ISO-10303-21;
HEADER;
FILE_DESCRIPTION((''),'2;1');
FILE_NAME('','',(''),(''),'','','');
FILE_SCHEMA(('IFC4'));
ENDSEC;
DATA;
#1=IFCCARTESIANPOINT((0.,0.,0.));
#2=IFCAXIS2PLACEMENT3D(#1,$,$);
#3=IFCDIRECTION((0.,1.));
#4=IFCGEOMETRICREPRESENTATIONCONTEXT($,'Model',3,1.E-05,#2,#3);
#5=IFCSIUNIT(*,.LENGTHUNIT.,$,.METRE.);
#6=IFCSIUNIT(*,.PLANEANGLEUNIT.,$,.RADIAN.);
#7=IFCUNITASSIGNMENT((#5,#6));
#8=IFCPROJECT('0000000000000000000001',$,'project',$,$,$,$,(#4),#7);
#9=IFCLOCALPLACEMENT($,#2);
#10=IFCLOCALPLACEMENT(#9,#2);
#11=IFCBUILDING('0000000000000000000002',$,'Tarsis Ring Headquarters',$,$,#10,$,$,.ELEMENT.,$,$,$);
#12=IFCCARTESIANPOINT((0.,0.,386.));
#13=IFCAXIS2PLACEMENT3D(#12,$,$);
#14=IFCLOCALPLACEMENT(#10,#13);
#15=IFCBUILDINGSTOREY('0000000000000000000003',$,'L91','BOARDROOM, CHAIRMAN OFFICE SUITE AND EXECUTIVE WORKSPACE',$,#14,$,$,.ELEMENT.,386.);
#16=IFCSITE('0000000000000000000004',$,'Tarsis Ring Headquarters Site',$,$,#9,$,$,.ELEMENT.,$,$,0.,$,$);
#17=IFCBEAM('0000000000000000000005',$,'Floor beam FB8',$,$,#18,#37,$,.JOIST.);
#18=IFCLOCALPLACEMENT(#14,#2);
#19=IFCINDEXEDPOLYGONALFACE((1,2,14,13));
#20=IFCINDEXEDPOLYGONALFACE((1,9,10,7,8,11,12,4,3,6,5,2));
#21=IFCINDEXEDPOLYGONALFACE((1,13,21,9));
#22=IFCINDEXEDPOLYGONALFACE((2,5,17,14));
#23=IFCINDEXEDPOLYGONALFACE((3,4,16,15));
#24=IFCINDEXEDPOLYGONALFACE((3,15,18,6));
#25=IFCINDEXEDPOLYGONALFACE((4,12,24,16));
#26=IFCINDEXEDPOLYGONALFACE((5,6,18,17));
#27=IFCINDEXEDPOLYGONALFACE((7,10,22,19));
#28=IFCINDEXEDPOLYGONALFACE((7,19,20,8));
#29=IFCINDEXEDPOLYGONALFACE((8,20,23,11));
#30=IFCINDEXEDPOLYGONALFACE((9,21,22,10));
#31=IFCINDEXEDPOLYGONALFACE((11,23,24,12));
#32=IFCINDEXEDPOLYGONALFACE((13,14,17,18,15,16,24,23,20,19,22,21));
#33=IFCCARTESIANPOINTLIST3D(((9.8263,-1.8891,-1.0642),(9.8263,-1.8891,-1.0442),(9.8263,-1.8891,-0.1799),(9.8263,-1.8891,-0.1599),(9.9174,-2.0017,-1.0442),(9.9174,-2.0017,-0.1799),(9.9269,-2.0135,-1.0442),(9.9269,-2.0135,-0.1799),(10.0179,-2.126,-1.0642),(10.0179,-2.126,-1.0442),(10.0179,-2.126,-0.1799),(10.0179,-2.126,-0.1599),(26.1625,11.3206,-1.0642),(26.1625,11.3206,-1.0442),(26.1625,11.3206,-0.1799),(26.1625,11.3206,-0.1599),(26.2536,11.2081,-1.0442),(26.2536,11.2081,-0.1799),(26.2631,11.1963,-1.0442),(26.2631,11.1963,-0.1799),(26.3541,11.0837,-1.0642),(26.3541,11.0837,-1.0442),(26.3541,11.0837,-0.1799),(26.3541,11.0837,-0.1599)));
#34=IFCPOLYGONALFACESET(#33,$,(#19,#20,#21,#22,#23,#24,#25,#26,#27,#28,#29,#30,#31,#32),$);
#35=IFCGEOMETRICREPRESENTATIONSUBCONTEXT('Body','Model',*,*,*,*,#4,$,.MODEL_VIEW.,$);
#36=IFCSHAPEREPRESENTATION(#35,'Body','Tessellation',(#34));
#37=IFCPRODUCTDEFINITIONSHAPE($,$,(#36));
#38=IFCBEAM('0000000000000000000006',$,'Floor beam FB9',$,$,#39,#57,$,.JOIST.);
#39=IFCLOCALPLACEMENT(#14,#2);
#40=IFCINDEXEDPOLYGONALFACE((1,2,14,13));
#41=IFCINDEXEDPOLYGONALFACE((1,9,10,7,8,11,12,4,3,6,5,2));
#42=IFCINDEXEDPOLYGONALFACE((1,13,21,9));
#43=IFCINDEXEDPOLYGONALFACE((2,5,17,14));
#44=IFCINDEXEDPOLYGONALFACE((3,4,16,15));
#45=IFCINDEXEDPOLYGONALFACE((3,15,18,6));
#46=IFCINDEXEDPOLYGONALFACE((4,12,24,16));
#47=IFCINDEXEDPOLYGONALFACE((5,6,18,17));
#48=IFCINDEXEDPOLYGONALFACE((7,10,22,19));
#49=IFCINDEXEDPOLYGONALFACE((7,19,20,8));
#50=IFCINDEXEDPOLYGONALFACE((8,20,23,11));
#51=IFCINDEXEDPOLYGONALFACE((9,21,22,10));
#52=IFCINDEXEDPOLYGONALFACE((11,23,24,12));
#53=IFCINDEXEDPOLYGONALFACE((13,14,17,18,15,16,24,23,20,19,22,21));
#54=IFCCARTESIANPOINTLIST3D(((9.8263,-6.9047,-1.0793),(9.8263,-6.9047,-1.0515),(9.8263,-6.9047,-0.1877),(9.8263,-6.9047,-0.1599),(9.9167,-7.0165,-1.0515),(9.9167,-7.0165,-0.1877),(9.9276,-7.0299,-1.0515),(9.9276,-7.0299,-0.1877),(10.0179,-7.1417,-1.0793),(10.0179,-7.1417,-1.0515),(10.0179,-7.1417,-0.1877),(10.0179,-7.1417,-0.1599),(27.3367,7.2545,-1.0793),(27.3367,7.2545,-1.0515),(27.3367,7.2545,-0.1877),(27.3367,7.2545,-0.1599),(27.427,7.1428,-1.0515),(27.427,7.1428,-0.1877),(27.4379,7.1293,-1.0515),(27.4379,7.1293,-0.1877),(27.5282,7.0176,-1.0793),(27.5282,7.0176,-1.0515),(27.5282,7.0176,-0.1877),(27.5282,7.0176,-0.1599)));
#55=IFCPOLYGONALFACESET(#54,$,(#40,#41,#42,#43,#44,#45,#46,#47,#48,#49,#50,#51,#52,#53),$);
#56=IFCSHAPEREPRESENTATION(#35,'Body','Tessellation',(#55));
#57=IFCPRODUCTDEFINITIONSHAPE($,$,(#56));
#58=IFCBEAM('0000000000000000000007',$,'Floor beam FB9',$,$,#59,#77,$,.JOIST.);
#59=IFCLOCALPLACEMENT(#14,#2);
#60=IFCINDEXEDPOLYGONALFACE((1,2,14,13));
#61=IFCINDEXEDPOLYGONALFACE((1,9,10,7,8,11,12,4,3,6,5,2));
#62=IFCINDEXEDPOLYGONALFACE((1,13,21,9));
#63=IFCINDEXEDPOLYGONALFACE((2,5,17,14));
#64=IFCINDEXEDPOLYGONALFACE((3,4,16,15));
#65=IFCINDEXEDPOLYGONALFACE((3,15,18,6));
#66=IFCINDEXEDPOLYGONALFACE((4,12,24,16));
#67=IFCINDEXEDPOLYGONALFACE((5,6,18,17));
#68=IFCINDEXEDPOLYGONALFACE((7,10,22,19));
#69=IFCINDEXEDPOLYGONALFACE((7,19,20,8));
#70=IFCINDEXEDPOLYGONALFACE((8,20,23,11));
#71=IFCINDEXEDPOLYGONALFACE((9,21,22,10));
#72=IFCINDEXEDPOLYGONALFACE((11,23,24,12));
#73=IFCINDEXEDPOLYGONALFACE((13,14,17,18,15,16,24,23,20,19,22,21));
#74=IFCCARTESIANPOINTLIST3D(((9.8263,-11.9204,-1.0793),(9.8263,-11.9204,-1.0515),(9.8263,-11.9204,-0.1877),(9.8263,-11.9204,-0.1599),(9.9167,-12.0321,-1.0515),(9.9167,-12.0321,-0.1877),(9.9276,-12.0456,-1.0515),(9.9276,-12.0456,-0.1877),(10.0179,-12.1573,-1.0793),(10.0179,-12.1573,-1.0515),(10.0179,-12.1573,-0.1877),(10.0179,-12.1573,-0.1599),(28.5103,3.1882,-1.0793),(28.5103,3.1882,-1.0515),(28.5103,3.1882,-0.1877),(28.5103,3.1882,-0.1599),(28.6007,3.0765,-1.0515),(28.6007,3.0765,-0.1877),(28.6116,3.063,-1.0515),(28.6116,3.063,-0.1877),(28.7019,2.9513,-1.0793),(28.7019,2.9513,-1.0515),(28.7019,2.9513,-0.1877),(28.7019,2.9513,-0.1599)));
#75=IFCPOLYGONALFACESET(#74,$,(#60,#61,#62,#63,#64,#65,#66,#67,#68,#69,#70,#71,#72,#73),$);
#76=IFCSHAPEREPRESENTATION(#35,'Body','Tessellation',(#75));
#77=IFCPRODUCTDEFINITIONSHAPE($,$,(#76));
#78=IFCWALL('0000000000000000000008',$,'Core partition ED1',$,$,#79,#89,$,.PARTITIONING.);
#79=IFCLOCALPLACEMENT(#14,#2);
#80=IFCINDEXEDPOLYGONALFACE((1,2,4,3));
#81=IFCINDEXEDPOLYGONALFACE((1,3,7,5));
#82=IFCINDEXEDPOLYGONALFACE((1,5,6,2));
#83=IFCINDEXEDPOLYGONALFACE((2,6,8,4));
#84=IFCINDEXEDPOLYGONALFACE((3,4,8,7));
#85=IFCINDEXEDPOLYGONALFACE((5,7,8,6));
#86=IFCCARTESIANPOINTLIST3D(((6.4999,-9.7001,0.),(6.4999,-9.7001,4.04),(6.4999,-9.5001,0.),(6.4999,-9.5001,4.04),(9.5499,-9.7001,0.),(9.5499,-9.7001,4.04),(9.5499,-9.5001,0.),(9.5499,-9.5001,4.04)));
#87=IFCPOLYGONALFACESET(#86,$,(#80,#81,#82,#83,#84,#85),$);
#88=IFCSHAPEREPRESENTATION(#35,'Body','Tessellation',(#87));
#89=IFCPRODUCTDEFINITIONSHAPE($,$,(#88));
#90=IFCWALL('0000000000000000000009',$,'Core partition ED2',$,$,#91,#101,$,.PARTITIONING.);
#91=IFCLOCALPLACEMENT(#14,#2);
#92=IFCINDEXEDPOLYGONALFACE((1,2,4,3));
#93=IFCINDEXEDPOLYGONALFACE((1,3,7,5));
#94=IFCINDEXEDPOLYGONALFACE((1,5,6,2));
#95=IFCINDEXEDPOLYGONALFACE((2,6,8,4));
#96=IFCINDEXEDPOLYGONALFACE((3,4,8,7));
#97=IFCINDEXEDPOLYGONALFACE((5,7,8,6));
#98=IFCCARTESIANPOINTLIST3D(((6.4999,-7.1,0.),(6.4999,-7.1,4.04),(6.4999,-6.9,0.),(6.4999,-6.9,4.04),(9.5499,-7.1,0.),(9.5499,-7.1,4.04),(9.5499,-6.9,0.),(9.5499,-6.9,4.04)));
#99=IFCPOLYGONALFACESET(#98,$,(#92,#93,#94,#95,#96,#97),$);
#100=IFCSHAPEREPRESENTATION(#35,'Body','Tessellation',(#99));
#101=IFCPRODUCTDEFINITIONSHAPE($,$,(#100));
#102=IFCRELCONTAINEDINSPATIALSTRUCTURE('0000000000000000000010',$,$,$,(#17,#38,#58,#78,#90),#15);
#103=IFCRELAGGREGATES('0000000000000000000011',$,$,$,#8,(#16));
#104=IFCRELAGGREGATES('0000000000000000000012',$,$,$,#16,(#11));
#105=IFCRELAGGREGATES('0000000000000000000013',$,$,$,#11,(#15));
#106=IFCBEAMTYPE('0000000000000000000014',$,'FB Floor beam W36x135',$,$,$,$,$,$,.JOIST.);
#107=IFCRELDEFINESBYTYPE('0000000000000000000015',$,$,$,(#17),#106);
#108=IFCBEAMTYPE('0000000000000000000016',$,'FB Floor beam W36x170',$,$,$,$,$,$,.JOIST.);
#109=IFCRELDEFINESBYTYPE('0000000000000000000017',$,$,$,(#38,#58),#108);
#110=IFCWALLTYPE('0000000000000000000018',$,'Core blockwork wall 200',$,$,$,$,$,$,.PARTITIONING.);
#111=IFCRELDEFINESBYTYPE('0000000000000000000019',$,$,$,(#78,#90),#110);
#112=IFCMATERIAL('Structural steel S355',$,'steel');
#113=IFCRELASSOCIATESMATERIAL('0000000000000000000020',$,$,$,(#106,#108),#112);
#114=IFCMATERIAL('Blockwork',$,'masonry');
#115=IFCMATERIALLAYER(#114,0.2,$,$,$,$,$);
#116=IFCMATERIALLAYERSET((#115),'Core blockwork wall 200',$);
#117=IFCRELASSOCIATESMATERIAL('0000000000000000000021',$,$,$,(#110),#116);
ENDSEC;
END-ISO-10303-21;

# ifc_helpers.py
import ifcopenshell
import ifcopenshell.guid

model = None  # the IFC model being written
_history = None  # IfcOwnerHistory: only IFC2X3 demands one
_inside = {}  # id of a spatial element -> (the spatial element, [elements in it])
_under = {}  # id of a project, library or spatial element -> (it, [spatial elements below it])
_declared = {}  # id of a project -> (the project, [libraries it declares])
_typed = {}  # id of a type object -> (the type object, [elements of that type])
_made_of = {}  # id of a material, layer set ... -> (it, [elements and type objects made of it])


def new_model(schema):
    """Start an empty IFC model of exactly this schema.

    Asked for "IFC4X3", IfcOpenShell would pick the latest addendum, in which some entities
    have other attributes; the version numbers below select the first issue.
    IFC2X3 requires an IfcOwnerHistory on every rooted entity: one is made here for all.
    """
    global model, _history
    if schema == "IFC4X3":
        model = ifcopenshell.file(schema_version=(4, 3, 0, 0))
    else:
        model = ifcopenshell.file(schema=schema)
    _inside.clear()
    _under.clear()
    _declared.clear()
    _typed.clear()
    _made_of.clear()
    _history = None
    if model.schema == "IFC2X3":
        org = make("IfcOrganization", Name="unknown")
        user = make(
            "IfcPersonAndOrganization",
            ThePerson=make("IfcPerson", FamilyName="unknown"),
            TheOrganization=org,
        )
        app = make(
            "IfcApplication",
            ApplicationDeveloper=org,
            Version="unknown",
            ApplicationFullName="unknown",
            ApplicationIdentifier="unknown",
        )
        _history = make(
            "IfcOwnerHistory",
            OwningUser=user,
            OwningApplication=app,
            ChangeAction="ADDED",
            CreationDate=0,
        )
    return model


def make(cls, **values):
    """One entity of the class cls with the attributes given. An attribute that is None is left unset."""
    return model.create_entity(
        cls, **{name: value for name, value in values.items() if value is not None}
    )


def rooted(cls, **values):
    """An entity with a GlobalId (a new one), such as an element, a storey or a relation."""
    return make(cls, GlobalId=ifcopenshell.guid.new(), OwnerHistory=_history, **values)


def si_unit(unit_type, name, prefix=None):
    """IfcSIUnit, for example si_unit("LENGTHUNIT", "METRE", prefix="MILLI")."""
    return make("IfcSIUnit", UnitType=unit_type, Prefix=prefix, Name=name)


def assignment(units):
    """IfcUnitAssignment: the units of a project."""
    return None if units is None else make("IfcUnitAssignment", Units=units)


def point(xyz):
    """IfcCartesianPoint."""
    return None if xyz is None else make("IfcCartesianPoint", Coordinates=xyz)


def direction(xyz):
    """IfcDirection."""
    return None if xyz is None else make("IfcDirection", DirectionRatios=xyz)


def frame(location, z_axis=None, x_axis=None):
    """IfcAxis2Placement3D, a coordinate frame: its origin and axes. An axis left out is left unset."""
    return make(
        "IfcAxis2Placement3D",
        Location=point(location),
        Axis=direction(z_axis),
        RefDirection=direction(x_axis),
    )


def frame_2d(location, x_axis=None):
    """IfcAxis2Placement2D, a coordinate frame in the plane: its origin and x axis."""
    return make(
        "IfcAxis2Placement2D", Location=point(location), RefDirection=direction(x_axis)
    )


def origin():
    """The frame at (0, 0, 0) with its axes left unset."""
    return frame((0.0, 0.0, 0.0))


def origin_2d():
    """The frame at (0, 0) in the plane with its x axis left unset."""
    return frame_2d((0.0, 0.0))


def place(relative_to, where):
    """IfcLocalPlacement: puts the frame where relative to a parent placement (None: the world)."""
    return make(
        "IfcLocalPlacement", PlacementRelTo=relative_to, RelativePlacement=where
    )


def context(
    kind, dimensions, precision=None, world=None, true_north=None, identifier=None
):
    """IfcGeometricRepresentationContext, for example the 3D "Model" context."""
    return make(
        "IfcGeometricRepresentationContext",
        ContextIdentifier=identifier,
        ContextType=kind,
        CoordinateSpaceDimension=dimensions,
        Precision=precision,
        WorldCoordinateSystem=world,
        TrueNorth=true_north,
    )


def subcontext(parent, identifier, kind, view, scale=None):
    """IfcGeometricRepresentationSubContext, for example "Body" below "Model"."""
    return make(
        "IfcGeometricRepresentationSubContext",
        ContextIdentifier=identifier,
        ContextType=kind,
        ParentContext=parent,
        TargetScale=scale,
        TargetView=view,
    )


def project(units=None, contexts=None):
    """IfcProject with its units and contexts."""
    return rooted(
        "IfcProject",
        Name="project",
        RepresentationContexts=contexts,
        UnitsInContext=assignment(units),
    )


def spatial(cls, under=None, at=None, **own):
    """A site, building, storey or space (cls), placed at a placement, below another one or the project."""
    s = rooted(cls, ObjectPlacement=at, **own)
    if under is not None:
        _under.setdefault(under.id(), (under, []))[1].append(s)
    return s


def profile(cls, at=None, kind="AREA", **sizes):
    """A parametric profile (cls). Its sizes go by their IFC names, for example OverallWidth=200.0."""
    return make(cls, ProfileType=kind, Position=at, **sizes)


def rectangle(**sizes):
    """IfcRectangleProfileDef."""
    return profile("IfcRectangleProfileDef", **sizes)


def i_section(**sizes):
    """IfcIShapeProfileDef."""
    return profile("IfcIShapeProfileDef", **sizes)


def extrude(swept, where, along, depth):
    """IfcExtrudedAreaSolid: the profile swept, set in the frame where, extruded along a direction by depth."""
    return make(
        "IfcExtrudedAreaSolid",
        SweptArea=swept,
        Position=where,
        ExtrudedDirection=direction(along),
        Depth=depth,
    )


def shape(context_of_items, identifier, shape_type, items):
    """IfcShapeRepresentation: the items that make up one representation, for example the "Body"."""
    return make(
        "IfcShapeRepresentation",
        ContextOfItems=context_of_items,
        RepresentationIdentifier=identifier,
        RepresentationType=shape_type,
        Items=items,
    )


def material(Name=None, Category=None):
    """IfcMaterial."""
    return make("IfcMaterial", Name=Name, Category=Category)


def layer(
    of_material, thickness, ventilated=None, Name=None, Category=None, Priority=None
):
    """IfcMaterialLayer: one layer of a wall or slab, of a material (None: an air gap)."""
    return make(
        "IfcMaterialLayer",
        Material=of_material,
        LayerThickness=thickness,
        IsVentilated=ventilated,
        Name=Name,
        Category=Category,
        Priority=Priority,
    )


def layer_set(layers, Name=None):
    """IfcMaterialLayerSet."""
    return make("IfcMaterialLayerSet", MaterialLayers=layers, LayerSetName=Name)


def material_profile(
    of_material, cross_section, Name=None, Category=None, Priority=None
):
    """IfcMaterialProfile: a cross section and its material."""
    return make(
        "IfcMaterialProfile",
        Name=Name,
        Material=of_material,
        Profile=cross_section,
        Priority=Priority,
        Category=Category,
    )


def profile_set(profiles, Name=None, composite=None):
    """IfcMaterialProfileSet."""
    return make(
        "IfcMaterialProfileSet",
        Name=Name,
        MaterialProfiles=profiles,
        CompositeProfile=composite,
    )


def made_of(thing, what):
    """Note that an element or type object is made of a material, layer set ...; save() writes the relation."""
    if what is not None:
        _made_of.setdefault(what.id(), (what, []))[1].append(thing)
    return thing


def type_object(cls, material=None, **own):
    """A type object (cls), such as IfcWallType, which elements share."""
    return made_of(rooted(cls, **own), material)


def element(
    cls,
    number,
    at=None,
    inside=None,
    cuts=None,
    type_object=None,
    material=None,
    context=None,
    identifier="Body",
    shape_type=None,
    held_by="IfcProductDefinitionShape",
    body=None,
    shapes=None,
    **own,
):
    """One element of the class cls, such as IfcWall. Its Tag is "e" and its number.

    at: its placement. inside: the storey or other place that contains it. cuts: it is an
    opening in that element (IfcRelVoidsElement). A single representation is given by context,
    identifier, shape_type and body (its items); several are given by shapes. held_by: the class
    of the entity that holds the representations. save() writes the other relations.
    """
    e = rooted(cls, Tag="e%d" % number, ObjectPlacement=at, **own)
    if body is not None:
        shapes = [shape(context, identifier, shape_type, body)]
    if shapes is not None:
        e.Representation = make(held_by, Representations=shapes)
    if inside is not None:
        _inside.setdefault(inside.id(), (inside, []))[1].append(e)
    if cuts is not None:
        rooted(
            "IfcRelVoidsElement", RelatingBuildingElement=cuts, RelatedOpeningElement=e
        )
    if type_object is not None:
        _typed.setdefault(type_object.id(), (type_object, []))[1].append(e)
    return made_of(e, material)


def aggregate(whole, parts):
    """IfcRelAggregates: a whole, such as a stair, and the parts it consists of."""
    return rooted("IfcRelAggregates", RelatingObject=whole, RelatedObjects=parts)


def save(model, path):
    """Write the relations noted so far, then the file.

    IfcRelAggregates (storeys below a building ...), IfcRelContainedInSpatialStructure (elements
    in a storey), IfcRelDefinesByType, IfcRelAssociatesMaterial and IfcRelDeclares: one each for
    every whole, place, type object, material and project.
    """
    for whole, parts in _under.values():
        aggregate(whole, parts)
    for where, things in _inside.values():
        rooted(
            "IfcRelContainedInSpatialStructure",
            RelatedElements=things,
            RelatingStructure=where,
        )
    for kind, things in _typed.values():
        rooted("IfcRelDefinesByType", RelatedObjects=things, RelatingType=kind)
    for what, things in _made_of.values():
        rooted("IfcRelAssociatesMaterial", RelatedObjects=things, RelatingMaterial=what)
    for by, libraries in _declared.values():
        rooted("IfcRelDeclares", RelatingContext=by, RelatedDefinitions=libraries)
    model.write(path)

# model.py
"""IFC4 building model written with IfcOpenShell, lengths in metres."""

from ifc_helpers import new_model, si_unit, direction, frame, frame_2d, origin, origin_2d, place, context, subcontext, project, spatial, rectangle, i_section, extrude, material, layer, layer_set, material_profile, profile_set, type_object, element, save


model = new_model("IFC4")

# Units and contexts
model_context = context("Model", 3, precision=1e-05, world=origin(), true_north=direction((0.0, 1.0)))
body_context = subcontext(model_context, "Body", "Model", "MODEL_VIEW")
ifc_project = project(units=[si_unit("LENGTHUNIT", "METRE"), si_unit("PLANEANGLEUNIT", "RADIAN")], contexts=[model_context])

# Site, building, storey
site_placement = place(None, origin())
site = spatial("IfcSite", under=ifc_project, at=site_placement, Name="Tarsis Ring Headquarters Site", CompositionType="ELEMENT", RefElevation=0.0)
building_placement = place(site_placement, origin())
building = spatial("IfcBuilding", under=site, at=building_placement, Name="Tarsis Ring Headquarters", CompositionType="ELEMENT")
storey_placement = place(building_placement, frame((0.0, 0.0, 386.0)))
storey = spatial("IfcBuildingStorey", under=building, at=storey_placement, Name="L91", Description="BOARDROOM, CHAIRMAN OFFICE SUITE AND EXECUTIVE WORKSPACE", CompositionType="ELEMENT", Elevation=386.0)

# Beams
ifc_material_1 = material(Name="Structural steel S355", Category="steel")
ifc_material_profile_1 = material_profile(ifc_material_1, i_section(OverallWidth=0.3047, OverallDepth=0.9043, WebThickness=0.0151, FlangeThickness=0.02, at=origin_2d()), Name="W36x135")
ifc_profile_set_1 = profile_set([ifc_material_profile_1], Name="Structural steel S355")
beam_type_1 = type_object("IfcBeamType", Name="FB Floor beam W36x135", PredefinedType="JOIST", material=ifc_profile_set_1)
beam_1_placement = place(storey_placement, frame((9.9221, -2.0076, -0.6121), z_axis=(0.77759, 0.628772, 0.0), x_axis=(-0.628772, 0.77759, 0.0)))
element("IfcBeam", 1, at=beam_1_placement, inside=storey, type_object=beam_type_1, Name="Floor beam FB8", PredefinedType="JOIST", context=body_context, shape_type="SweptSolid", body=[
    extrude(i_section(OverallWidth=0.3047, OverallDepth=0.9043, WebThickness=0.0151, FlangeThickness=0.02, at=origin_2d()), origin(), (0.0, 0.0, 1.0), 21.0088),
])
ifc_material_profile_2 = material_profile(ifc_material_1, i_section(OverallWidth=0.3047, OverallDepth=0.9194, WebThickness=0.0173, FlangeThickness=0.0278, at=origin_2d()), Name="W36x170")
ifc_profile_set_2 = profile_set([ifc_material_profile_2], Name="Structural steel S355")
beam_type_2 = type_object("IfcBeamType", Name="FB Floor beam W36x170", PredefinedType="JOIST", material=ifc_profile_set_2)
beam_2_placement = place(storey_placement, frame((9.9221, -7.0232, -0.6196), z_axis=(0.777588, 0.628775, 0.0), x_axis=(-0.628775, 0.777588, 0.0)))
element("IfcBeam", 2, at=beam_2_placement, inside=storey, type_object=beam_type_2, Name="Floor beam FB9", PredefinedType="JOIST", context=body_context, shape_type="SweptSolid", body=[
    extrude(i_section(OverallWidth=0.3047, OverallDepth=0.9194, WebThickness=0.0173, FlangeThickness=0.0278, at=origin_2d()), origin(), (0.0, 0.0, 1.0), 22.5188),
])
beam_3_placement = place(storey_placement, frame((9.9221, -12.0388, -0.6196), z_axis=(0.777582, 0.628782, 0.0), x_axis=(-0.628782, 0.777582, 0.0)))
element("IfcBeam", 3, at=beam_3_placement, inside=storey, type_object=beam_type_2, Name="Floor beam FB9", PredefinedType="JOIST", context=body_context, shape_type="SweptSolid", body=[
    extrude(i_section(OverallWidth=0.3047, OverallDepth=0.9194, WebThickness=0.0173, FlangeThickness=0.0278, at=origin_2d()), origin(), (0.0, 0.0, 1.0), 24.0283),
])

# Walls
ifc_material_2 = material(Name="Blockwork", Category="masonry")
ifc_layer_1 = layer(ifc_material_2, 0.2)
ifc_layer_set_1 = layer_set([ifc_layer_1], Name="Core blockwork wall 200")
wall_type_1 = type_object("IfcWallType", Name="Core blockwork wall 200", PredefinedType="PARTITIONING", material=ifc_layer_set_1)
for number, where, z_axis, x_axis, name in (
    (4, (6.5, -9.6001, 0.0), (0.0, 0.0, 1.0), (1.0, 0.0, 0.0), "Core partition ED1"),
    (5, (6.5, -7.0, 0.0), (0.0, 0.0, 1.0), (1.0, 0.0, 0.0), "Core partition ED2"),
):
    element("IfcWall", number, at=place(storey_placement, frame(where, z_axis=z_axis, x_axis=x_axis)), inside=storey, type_object=wall_type_1, Name=name, PredefinedType="PARTITIONING", context=body_context, shape_type="SweptSolid", body=[
        extrude(rectangle(XDim=3.05, YDim=0.2, at=frame_2d((1.5249, 0.0))), origin(), (0.0, 0.0, 1.0), 4.04),
    ])

save(model, "model.ifc")
